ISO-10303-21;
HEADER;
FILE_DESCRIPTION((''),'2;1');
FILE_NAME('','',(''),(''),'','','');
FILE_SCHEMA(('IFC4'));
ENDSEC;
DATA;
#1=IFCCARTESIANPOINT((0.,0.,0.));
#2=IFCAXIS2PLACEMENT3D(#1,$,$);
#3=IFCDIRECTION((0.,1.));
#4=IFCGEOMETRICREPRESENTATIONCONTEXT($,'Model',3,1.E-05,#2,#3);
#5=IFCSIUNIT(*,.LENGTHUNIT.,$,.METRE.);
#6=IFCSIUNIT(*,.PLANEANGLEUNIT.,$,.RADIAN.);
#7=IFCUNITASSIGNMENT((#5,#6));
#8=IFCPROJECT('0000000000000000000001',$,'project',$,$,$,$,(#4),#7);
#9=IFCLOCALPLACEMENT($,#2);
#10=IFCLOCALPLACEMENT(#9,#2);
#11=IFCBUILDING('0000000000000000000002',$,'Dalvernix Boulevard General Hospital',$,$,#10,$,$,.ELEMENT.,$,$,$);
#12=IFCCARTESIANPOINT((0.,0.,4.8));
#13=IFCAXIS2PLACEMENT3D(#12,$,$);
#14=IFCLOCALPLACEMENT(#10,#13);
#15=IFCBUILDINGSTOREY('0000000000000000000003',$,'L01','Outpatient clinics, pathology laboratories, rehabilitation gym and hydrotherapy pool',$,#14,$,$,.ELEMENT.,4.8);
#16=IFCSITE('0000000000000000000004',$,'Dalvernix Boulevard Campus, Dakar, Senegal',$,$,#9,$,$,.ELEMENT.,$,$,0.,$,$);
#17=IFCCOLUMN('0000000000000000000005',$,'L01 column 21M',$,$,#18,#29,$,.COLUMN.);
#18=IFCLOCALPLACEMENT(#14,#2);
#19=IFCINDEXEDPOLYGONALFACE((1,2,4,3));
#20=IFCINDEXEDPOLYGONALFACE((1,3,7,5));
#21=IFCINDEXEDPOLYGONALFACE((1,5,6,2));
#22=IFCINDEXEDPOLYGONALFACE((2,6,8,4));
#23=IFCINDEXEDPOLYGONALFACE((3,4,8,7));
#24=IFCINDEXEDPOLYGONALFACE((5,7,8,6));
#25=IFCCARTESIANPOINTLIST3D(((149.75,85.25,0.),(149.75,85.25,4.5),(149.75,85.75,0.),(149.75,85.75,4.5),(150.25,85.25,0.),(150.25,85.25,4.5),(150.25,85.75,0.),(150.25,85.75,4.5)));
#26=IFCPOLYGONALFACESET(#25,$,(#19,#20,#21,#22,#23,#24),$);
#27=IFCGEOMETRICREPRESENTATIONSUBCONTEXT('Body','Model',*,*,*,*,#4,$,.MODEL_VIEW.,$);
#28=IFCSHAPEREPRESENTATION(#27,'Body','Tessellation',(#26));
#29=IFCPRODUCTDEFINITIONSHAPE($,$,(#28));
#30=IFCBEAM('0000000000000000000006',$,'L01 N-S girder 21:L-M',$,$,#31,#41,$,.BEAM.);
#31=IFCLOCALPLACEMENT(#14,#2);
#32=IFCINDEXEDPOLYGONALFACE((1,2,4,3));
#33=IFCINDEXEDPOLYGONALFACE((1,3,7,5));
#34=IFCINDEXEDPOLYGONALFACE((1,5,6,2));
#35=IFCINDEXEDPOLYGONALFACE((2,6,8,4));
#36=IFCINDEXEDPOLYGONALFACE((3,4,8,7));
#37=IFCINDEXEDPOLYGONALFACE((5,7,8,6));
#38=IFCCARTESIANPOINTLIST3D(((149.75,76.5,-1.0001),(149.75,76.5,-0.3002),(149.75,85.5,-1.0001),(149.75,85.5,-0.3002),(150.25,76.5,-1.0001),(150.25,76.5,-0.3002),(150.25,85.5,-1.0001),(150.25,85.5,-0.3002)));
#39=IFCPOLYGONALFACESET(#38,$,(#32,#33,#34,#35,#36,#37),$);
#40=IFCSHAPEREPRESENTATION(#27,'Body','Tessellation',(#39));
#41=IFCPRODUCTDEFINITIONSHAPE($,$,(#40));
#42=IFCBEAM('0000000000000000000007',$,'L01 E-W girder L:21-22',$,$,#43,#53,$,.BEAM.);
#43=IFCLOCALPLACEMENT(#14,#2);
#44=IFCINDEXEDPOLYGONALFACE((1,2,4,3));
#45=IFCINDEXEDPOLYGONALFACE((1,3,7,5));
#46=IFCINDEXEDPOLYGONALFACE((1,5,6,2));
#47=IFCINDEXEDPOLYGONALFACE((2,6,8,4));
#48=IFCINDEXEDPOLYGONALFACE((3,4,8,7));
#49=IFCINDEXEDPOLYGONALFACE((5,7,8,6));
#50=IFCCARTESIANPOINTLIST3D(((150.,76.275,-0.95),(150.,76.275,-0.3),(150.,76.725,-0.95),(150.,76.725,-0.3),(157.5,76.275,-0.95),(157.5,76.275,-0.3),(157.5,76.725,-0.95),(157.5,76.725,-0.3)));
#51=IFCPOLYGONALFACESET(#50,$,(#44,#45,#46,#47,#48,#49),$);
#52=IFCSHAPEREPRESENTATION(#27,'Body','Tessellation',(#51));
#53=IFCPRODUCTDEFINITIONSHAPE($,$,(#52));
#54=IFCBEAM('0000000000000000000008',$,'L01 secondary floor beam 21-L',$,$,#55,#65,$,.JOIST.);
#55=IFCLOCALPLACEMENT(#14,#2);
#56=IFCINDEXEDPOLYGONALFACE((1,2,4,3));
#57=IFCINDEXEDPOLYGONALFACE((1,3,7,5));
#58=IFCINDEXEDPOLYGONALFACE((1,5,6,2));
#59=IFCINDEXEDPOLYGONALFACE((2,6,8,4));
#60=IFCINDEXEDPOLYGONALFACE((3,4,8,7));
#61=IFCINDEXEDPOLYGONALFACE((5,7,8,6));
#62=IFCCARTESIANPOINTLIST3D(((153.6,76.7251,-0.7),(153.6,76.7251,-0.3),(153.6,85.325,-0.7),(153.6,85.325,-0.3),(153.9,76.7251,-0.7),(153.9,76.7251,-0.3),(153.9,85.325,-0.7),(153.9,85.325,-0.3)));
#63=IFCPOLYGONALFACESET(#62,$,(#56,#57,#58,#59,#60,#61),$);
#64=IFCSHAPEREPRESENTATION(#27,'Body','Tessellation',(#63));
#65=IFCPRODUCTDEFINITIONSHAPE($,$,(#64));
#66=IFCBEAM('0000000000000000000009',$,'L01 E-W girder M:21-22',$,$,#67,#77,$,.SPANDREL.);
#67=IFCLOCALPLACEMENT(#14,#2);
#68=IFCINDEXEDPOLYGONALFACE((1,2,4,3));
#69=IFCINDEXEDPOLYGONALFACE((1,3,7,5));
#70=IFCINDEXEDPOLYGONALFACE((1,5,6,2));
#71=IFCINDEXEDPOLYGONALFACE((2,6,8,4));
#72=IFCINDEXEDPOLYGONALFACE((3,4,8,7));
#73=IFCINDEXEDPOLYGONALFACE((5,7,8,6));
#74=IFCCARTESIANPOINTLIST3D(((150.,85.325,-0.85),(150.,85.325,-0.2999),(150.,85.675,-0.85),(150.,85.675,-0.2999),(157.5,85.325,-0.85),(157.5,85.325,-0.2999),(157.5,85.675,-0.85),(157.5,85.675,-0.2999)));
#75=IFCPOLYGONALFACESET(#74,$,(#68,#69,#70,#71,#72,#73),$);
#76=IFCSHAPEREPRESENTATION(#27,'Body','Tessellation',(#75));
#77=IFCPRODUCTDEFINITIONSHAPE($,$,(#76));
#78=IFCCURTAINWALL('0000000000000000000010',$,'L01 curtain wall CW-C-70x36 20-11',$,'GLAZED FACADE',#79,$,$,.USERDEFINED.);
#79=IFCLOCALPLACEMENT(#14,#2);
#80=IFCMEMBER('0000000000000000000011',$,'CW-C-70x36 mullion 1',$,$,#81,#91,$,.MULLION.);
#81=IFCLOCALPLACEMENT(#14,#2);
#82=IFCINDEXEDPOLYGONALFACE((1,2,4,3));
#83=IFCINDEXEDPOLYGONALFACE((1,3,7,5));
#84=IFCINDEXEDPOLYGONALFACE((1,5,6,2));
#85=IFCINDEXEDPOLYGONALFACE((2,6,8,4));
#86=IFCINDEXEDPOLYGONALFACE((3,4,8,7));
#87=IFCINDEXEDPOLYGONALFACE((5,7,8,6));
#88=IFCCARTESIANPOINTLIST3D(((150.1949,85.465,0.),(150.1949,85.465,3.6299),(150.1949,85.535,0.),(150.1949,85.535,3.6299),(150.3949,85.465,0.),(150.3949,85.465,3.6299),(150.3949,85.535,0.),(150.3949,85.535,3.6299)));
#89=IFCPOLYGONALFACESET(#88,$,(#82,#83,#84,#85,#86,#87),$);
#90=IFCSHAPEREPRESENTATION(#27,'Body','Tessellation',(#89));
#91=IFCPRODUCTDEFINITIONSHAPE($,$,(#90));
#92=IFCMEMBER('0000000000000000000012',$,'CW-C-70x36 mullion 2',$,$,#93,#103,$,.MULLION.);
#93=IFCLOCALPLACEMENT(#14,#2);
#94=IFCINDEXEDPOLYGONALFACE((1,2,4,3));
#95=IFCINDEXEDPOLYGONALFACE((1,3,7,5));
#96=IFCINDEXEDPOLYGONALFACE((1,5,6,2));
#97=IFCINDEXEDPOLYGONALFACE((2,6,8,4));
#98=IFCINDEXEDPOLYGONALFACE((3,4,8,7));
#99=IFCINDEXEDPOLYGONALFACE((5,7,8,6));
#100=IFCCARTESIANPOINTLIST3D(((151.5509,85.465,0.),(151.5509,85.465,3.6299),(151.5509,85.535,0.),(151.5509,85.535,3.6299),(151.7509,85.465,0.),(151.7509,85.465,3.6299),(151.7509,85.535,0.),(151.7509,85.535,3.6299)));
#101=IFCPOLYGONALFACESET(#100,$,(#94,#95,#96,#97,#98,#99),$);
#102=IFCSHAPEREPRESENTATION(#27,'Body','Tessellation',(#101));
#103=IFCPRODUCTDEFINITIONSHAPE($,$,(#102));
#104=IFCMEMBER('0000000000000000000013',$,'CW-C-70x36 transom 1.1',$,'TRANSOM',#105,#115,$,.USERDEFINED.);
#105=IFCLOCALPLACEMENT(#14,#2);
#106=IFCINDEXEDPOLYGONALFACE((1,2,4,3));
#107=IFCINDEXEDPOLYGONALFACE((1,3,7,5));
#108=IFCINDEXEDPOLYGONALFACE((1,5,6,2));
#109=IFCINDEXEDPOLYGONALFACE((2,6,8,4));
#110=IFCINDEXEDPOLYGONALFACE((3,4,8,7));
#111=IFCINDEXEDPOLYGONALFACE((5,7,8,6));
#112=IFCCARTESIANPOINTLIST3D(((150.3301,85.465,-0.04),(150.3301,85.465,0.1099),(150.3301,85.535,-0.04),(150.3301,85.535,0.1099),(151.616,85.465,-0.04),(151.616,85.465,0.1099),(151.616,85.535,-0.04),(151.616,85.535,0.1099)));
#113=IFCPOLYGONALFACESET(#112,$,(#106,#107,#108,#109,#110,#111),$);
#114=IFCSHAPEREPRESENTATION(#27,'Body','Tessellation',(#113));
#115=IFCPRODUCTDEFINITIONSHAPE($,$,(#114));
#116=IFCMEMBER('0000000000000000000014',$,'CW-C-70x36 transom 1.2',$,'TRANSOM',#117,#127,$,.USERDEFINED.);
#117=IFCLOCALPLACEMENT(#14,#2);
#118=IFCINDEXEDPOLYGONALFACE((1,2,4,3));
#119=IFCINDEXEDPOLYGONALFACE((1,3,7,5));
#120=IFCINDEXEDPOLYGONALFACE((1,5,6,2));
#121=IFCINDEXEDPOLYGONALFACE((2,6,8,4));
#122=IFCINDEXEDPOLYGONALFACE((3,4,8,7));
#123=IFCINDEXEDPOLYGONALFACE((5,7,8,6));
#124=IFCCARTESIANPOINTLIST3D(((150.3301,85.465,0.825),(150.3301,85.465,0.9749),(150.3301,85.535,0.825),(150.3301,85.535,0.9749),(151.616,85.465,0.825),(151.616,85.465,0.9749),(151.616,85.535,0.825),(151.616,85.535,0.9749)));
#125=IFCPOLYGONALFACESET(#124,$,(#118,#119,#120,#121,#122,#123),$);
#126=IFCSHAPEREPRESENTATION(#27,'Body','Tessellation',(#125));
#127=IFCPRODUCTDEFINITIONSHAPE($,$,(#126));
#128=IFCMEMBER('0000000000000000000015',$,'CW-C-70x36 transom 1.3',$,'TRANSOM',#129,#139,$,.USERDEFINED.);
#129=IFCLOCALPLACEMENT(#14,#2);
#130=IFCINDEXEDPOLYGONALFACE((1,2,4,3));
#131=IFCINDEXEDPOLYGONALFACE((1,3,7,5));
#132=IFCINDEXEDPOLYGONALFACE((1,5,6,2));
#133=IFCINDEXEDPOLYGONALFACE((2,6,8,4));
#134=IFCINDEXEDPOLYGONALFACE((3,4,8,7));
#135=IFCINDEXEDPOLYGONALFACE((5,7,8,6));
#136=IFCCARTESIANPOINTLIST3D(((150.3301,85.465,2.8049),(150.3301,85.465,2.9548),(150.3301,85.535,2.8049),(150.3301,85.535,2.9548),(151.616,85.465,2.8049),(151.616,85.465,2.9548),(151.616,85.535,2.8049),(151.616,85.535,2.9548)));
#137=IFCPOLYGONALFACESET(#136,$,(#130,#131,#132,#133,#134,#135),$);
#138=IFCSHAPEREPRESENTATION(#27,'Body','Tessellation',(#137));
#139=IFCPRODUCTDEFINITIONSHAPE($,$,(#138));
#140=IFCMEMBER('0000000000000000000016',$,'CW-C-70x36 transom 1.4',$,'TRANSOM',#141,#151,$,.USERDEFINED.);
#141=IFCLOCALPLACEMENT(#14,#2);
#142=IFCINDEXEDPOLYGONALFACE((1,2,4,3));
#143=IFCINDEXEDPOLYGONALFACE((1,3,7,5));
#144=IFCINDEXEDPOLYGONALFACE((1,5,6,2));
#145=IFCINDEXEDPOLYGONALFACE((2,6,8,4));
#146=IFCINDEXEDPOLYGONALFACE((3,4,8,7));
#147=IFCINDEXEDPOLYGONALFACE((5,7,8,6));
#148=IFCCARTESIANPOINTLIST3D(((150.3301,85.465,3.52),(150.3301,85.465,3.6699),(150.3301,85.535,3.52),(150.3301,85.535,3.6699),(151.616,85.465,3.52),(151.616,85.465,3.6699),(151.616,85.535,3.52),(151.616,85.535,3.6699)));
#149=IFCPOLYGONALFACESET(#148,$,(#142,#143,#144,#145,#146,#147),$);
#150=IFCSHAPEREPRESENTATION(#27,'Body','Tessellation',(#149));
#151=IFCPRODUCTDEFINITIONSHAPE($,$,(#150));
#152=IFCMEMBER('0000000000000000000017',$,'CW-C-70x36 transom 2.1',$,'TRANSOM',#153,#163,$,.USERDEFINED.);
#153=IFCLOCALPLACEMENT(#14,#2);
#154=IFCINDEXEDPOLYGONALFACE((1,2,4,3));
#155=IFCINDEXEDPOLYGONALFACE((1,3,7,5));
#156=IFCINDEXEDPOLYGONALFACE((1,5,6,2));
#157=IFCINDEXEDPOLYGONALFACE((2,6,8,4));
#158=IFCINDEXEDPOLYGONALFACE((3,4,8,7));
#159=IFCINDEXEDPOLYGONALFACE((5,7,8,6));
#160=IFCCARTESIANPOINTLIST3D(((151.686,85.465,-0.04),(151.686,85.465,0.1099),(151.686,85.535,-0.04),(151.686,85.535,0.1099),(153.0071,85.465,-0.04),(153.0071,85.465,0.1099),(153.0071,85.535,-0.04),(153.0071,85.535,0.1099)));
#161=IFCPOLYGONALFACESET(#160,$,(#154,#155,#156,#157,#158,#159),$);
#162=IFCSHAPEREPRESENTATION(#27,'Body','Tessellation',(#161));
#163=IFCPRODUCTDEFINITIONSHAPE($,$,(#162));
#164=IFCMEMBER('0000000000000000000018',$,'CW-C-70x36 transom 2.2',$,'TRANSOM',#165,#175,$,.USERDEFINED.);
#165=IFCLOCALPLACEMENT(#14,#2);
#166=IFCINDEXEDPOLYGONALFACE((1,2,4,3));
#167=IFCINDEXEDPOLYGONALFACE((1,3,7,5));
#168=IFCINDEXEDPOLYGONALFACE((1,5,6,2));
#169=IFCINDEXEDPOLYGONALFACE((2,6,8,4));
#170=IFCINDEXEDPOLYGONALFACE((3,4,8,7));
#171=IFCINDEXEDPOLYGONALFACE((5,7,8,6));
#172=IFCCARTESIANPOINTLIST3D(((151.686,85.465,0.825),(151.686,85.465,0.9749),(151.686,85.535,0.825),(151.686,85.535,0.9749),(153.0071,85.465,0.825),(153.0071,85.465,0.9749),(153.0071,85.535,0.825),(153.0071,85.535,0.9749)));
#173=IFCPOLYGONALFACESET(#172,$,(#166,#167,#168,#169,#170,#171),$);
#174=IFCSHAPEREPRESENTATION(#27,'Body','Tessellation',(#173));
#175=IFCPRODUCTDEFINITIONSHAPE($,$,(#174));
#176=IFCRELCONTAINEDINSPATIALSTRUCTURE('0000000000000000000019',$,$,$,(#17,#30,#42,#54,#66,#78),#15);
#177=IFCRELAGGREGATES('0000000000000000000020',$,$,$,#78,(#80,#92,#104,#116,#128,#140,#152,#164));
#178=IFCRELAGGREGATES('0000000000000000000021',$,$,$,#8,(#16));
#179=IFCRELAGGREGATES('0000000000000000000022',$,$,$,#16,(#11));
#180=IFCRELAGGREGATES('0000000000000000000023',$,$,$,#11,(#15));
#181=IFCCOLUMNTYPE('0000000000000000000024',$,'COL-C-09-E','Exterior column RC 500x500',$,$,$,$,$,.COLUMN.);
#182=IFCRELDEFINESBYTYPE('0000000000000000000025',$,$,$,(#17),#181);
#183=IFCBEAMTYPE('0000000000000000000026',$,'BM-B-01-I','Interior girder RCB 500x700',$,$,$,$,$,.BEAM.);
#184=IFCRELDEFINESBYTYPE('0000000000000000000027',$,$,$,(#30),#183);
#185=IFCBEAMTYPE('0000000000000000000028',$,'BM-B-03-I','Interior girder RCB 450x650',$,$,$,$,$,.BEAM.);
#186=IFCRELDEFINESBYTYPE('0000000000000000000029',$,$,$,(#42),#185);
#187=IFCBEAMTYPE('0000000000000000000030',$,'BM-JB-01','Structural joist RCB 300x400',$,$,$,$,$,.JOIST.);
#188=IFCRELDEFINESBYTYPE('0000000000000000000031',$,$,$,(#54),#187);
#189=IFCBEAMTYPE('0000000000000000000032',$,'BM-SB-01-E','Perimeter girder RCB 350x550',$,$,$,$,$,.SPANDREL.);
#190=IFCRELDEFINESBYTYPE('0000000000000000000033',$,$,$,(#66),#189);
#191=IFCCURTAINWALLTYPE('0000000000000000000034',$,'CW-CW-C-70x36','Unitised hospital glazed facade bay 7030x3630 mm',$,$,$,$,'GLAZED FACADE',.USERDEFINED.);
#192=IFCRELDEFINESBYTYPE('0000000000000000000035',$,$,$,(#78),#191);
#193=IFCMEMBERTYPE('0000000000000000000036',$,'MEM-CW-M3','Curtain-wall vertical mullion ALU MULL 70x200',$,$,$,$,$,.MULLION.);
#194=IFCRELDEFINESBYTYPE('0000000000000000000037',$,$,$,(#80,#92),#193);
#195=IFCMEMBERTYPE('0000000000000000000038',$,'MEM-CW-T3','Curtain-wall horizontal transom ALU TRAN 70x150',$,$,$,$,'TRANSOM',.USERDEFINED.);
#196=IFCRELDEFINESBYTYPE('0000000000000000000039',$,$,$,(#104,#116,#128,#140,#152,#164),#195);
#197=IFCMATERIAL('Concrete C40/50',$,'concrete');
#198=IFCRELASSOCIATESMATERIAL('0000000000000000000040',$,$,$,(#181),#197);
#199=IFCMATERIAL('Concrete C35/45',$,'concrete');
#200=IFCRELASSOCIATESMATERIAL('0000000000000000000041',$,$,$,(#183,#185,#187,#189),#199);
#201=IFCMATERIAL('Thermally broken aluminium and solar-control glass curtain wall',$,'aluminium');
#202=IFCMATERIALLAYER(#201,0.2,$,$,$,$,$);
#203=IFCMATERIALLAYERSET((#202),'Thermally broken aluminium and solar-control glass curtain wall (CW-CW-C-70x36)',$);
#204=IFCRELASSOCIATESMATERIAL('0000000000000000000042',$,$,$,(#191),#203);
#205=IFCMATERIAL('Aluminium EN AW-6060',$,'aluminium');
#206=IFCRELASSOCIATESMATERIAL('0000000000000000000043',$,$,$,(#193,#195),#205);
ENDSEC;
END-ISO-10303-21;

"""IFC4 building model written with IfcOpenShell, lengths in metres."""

from ifc_helpers import new_model, si_unit, direction, frame, origin, origin_2d, place, context, subcontext, project, spatial, rectangle, extrude, material, layer, layer_set, material_profile, profile_set, type_object, element, aggregate, save


model = new_model("IFC4")

# Units and contexts
model_context = context("Model", 3, precision=1e-05, world=origin(), true_north=direction((0.0, 1.0)))
body_context = subcontext(model_context, "Body", "Model", "MODEL_VIEW")
ifc_project = project(units=[si_unit("LENGTHUNIT", "METRE"), si_unit("PLANEANGLEUNIT", "RADIAN")], contexts=[model_context])

# Site, building, storey
site_placement = place(None, origin())
site = spatial("IfcSite", under=ifc_project, at=site_placement, Name="Dalvernix Boulevard Campus, Dakar, Senegal", CompositionType="ELEMENT", RefElevation=0.0)
building_placement = place(site_placement, origin())
building = spatial("IfcBuilding", under=site, at=building_placement, Name="Dalvernix Boulevard General Hospital", CompositionType="ELEMENT")
storey_placement = place(building_placement, frame((0.0, 0.0, 4.8)))
storey = spatial("IfcBuildingStorey", under=building, at=storey_placement, Name="L01", Description="Outpatient clinics, pathology laboratories, rehabilitation gym and hydrotherapy pool", CompositionType="ELEMENT", Elevation=4.8)

# Column
ifc_material_1 = material(Name="Concrete C40/50", Category="concrete")
ifc_material_profile_1 = material_profile(ifc_material_1, rectangle(XDim=0.5, YDim=0.5, at=origin_2d()), Name="RC 500x500")
ifc_profile_set_1 = profile_set([ifc_material_profile_1], Name="Concrete C40/50")
column_type = type_object("IfcColumnType", Name="COL-C-09-E", Description="Exterior column RC 500x500", PredefinedType="COLUMN", material=ifc_profile_set_1)
column_placement = place(storey_placement, frame((150.0, 85.5, 0.0), z_axis=(0.0, 0.0, 1.0), x_axis=(1.0, 0.0, 0.0)))
element("IfcColumn", 1, at=column_placement, inside=storey, type_object=column_type, Name="L01 column 21M", PredefinedType="COLUMN", context=body_context, shape_type="SweptSolid", body=[
    extrude(rectangle(XDim=0.5, YDim=0.5, at=origin_2d()), origin(), (0.0, 0.0, 1.0), 4.5),
])

# Beams
ifc_material_2 = material(Name="Concrete C35/45", Category="concrete")
ifc_material_profile_2 = material_profile(ifc_material_2, rectangle(XDim=0.5, YDim=0.7, at=origin_2d()), Name="RCB 500x700")
ifc_profile_set_2 = profile_set([ifc_material_profile_2], Name="Concrete C35/45")
beam_type_1 = type_object("IfcBeamType", Name="BM-B-01-I", Description="Interior girder RCB 500x700", PredefinedType="BEAM", material=ifc_profile_set_2)
beam_1_placement = place(storey_placement, frame((150.0, 76.5, -0.6501), z_axis=(0.0, 1.0, 0.0), x_axis=(-1.0, 0.0, 0.0)))
element("IfcBeam", 2, at=beam_1_placement, inside=storey, type_object=beam_type_1, Name="L01 N-S girder 21:L-M", PredefinedType="BEAM", context=body_context, shape_type="SweptSolid", body=[
    extrude(rectangle(XDim=0.5, YDim=0.7, at=origin_2d()), origin(), (0.0, 0.0, 1.0), 9.0),
])
ifc_material_profile_3 = material_profile(ifc_material_2, rectangle(XDim=0.45, YDim=0.6499, at=origin_2d()), Name="RCB 450x650")
ifc_profile_set_3 = profile_set([ifc_material_profile_3], Name="Concrete C35/45")
beam_type_2 = type_object("IfcBeamType", Name="BM-B-03-I", Description="Interior girder RCB 450x650", PredefinedType="BEAM", material=ifc_profile_set_3)
beam_2_placement = place(storey_placement, frame((150.0, 76.5, -0.625), z_axis=(1.0, 0.0, 0.0), x_axis=(0.0, 1.0, 0.0)))
element("IfcBeam", 3, at=beam_2_placement, inside=storey, type_object=beam_type_2, Name="L01 E-W girder L:21-22", PredefinedType="BEAM", context=body_context, shape_type="SweptSolid", body=[
    extrude(rectangle(XDim=0.45, YDim=0.6499, at=origin_2d()), origin(), (0.0, 0.0, 1.0), 7.5),
])
ifc_material_profile_4 = material_profile(ifc_material_2, rectangle(XDim=0.3, YDim=0.3999, at=origin_2d()), Name="RCB 300x400")
ifc_profile_set_4 = profile_set([ifc_material_profile_4], Name="Concrete C35/45")
beam_type_3 = type_object("IfcBeamType", Name="BM-JB-01", Description="Structural joist RCB 300x400", PredefinedType="JOIST", material=ifc_profile_set_4)
beam_3_placement = place(storey_placement, frame((153.75, 76.7251, -0.5), z_axis=(0.0, 1.0, 0.0), x_axis=(-1.0, 0.0, 0.0)))
element("IfcBeam", 4, at=beam_3_placement, inside=storey, type_object=beam_type_3, Name="L01 secondary floor beam 21-L", PredefinedType="JOIST", context=body_context, shape_type="SweptSolid", body=[
    extrude(rectangle(XDim=0.3, YDim=0.3999, at=origin_2d()), origin(), (0.0, 0.0, 1.0), 8.5999),
])
ifc_material_profile_5 = material_profile(ifc_material_2, rectangle(XDim=0.3501, YDim=0.55, at=origin_2d()), Name="RCB 350x550")
ifc_profile_set_5 = profile_set([ifc_material_profile_5], Name="Concrete C35/45")
beam_type_4 = type_object("IfcBeamType", Name="BM-SB-01-E", Description="Perimeter girder RCB 350x550", PredefinedType="SPANDREL", material=ifc_profile_set_5)
beam_4_placement = place(storey_placement, frame((150.0, 85.5, -0.575), z_axis=(1.0, 0.0, 0.0), x_axis=(0.0, 1.0, 0.0)))
element("IfcBeam", 5, at=beam_4_placement, inside=storey, type_object=beam_type_4, Name="L01 E-W girder M:21-22", PredefinedType="SPANDREL", context=body_context, shape_type="SweptSolid", body=[
    extrude(rectangle(XDim=0.3501, YDim=0.55, at=origin_2d()), origin(), (0.0, 0.0, 1.0), 7.5),
])

# Curtain wall, members
ifc_material_3 = material(Name="Thermally broken aluminium and solar-control glass curtain wall", Category="aluminium")
ifc_layer_1 = layer(ifc_material_3, 0.2)
ifc_layer_set_1 = layer_set([ifc_layer_1], Name="Thermally broken aluminium and solar-control glass curtain wall (CW-CW-C-70x36)")
curtain_wall_type = type_object("IfcCurtainWallType", Name="CW-CW-C-70x36", Description="Unitised hospital glazed facade bay 7030x3630 mm", ElementType="GLAZED FACADE", PredefinedType="USERDEFINED", material=ifc_layer_set_1)
curtain_wall_placement = place(storey_placement, origin())
curtain_wall = element("IfcCurtainWall", 6, at=curtain_wall_placement, inside=storey, type_object=curtain_wall_type, Name="L01 curtain wall CW-C-70x36 20-11", ObjectType="GLAZED FACADE", PredefinedType="USERDEFINED")
ifc_material_4 = material(Name="Aluminium EN AW-6060", Category="aluminium")
ifc_material_profile_6 = material_profile(ifc_material_4, rectangle(XDim=0.0701, YDim=0.2, at=origin_2d()), Name="ALU MULL 70x200")
ifc_profile_set_6 = profile_set([ifc_material_profile_6], Name="Aluminium EN AW-6060")
member_type_1 = type_object("IfcMemberType", Name="MEM-CW-M3", Description="Curtain-wall vertical mullion ALU MULL 70x200", PredefinedType="MULLION", material=ifc_profile_set_6)
member_1_placement = place(storey_placement, frame((150.2949, 85.5, 0.0), z_axis=(0.0, 0.0, 1.0), x_axis=(0.0, 1.0, 0.0)))
member_1 = element("IfcMember", 7, at=member_1_placement, type_object=member_type_1, Name="CW-C-70x36 mullion 1", PredefinedType="MULLION", context=body_context, shape_type="SweptSolid", body=[
    extrude(rectangle(XDim=0.0701, YDim=0.2, at=origin_2d()), origin(), (0.0, 0.0, 1.0), 3.6299),
])
member_2_placement = place(storey_placement, frame((151.6509, 85.5, 0.0), z_axis=(0.0, 0.0, 1.0), x_axis=(0.0, 1.0, 0.0)))
member_2 = element("IfcMember", 8, at=member_2_placement, type_object=member_type_1, Name="CW-C-70x36 mullion 2", PredefinedType="MULLION", context=body_context, shape_type="SweptSolid", body=[
    extrude(rectangle(XDim=0.0701, YDim=0.2, at=origin_2d()), origin(), (0.0, 0.0, 1.0), 3.6299),
])
ifc_material_profile_7 = material_profile(ifc_material_4, rectangle(XDim=0.0701, YDim=0.1499, at=origin_2d()), Name="ALU TRAN 70x150")
ifc_profile_set_7 = profile_set([ifc_material_profile_7], Name="Aluminium EN AW-6060")
member_type_2 = type_object("IfcMemberType", Name="MEM-CW-T3", Description="Curtain-wall horizontal transom ALU TRAN 70x150", ElementType="TRANSOM", PredefinedType="USERDEFINED", material=ifc_profile_set_7)
member_3_placement = place(storey_placement, frame((150.3301, 85.5, 0.0349), z_axis=(1.0, 0.0, 0.0), x_axis=(0.0, 1.0, 0.0)))
member_3 = element("IfcMember", 9, at=member_3_placement, type_object=member_type_2, Name="CW-C-70x36 transom 1.1", ObjectType="TRANSOM", PredefinedType="USERDEFINED", context=body_context, shape_type="SweptSolid", body=[
    extrude(rectangle(XDim=0.0701, YDim=0.1499, at=origin_2d()), origin(), (0.0, 0.0, 1.0), 1.2859),
])
member_4_placement = place(storey_placement, frame((150.3301, 85.5, 0.8999), z_axis=(1.0, 0.0, 0.0), x_axis=(0.0, 1.0, 0.0)))
member_4 = element("IfcMember", 10, at=member_4_placement, type_object=member_type_2, Name="CW-C-70x36 transom 1.2", ObjectType="TRANSOM", PredefinedType="USERDEFINED", context=body_context, shape_type="SweptSolid", body=[
    extrude(rectangle(XDim=0.0701, YDim=0.1499, at=origin_2d()), origin(), (0.0, 0.0, 1.0), 1.2859),
])
member_5_placement = place(storey_placement, frame((150.3301, 85.5, 2.8799), z_axis=(1.0, 0.0, 0.0), x_axis=(0.0, 1.0, 0.0)))
member_5 = element("IfcMember", 11, at=member_5_placement, type_object=member_type_2, Name="CW-C-70x36 transom 1.3", ObjectType="TRANSOM", PredefinedType="USERDEFINED", context=body_context, shape_type="SweptSolid", body=[
    extrude(rectangle(XDim=0.0701, YDim=0.1499, at=origin_2d()), origin(), (0.0, 0.0, 1.0), 1.2859),
])
member_6_placement = place(storey_placement, frame((150.3301, 85.5, 3.595), z_axis=(1.0, 0.0, 0.0), x_axis=(0.0, 1.0, 0.0)))
member_6 = element("IfcMember", 12, at=member_6_placement, type_object=member_type_2, Name="CW-C-70x36 transom 1.4", ObjectType="TRANSOM", PredefinedType="USERDEFINED", context=body_context, shape_type="SweptSolid", body=[
    extrude(rectangle(XDim=0.0701, YDim=0.1499, at=origin_2d()), origin(), (0.0, 0.0, 1.0), 1.2859),
])
member_7_placement = place(storey_placement, frame((151.686, 85.5, 0.0349), z_axis=(1.0, 0.0, 0.0), x_axis=(0.0, 1.0, 0.0)))
member_7 = element("IfcMember", 13, at=member_7_placement, type_object=member_type_2, Name="CW-C-70x36 transom 2.1", ObjectType="TRANSOM", PredefinedType="USERDEFINED", context=body_context, shape_type="SweptSolid", body=[
    extrude(rectangle(XDim=0.0701, YDim=0.1499, at=origin_2d()), origin(), (0.0, 0.0, 1.0), 1.321),
])
member_8_placement = place(storey_placement, frame((151.686, 85.5, 0.8999), z_axis=(1.0, 0.0, 0.0), x_axis=(0.0, 1.0, 0.0)))
member_8 = element("IfcMember", 14, at=member_8_placement, type_object=member_type_2, Name="CW-C-70x36 transom 2.2", ObjectType="TRANSOM", PredefinedType="USERDEFINED", context=body_context, shape_type="SweptSolid", body=[
    extrude(rectangle(XDim=0.0701, YDim=0.1499, at=origin_2d()), origin(), (0.0, 0.0, 1.0), 1.321),
])
aggregate(curtain_wall, [member_1, member_2, member_3, member_4, member_5, member_6, member_7, member_8])

save(model, "model.ifc")
